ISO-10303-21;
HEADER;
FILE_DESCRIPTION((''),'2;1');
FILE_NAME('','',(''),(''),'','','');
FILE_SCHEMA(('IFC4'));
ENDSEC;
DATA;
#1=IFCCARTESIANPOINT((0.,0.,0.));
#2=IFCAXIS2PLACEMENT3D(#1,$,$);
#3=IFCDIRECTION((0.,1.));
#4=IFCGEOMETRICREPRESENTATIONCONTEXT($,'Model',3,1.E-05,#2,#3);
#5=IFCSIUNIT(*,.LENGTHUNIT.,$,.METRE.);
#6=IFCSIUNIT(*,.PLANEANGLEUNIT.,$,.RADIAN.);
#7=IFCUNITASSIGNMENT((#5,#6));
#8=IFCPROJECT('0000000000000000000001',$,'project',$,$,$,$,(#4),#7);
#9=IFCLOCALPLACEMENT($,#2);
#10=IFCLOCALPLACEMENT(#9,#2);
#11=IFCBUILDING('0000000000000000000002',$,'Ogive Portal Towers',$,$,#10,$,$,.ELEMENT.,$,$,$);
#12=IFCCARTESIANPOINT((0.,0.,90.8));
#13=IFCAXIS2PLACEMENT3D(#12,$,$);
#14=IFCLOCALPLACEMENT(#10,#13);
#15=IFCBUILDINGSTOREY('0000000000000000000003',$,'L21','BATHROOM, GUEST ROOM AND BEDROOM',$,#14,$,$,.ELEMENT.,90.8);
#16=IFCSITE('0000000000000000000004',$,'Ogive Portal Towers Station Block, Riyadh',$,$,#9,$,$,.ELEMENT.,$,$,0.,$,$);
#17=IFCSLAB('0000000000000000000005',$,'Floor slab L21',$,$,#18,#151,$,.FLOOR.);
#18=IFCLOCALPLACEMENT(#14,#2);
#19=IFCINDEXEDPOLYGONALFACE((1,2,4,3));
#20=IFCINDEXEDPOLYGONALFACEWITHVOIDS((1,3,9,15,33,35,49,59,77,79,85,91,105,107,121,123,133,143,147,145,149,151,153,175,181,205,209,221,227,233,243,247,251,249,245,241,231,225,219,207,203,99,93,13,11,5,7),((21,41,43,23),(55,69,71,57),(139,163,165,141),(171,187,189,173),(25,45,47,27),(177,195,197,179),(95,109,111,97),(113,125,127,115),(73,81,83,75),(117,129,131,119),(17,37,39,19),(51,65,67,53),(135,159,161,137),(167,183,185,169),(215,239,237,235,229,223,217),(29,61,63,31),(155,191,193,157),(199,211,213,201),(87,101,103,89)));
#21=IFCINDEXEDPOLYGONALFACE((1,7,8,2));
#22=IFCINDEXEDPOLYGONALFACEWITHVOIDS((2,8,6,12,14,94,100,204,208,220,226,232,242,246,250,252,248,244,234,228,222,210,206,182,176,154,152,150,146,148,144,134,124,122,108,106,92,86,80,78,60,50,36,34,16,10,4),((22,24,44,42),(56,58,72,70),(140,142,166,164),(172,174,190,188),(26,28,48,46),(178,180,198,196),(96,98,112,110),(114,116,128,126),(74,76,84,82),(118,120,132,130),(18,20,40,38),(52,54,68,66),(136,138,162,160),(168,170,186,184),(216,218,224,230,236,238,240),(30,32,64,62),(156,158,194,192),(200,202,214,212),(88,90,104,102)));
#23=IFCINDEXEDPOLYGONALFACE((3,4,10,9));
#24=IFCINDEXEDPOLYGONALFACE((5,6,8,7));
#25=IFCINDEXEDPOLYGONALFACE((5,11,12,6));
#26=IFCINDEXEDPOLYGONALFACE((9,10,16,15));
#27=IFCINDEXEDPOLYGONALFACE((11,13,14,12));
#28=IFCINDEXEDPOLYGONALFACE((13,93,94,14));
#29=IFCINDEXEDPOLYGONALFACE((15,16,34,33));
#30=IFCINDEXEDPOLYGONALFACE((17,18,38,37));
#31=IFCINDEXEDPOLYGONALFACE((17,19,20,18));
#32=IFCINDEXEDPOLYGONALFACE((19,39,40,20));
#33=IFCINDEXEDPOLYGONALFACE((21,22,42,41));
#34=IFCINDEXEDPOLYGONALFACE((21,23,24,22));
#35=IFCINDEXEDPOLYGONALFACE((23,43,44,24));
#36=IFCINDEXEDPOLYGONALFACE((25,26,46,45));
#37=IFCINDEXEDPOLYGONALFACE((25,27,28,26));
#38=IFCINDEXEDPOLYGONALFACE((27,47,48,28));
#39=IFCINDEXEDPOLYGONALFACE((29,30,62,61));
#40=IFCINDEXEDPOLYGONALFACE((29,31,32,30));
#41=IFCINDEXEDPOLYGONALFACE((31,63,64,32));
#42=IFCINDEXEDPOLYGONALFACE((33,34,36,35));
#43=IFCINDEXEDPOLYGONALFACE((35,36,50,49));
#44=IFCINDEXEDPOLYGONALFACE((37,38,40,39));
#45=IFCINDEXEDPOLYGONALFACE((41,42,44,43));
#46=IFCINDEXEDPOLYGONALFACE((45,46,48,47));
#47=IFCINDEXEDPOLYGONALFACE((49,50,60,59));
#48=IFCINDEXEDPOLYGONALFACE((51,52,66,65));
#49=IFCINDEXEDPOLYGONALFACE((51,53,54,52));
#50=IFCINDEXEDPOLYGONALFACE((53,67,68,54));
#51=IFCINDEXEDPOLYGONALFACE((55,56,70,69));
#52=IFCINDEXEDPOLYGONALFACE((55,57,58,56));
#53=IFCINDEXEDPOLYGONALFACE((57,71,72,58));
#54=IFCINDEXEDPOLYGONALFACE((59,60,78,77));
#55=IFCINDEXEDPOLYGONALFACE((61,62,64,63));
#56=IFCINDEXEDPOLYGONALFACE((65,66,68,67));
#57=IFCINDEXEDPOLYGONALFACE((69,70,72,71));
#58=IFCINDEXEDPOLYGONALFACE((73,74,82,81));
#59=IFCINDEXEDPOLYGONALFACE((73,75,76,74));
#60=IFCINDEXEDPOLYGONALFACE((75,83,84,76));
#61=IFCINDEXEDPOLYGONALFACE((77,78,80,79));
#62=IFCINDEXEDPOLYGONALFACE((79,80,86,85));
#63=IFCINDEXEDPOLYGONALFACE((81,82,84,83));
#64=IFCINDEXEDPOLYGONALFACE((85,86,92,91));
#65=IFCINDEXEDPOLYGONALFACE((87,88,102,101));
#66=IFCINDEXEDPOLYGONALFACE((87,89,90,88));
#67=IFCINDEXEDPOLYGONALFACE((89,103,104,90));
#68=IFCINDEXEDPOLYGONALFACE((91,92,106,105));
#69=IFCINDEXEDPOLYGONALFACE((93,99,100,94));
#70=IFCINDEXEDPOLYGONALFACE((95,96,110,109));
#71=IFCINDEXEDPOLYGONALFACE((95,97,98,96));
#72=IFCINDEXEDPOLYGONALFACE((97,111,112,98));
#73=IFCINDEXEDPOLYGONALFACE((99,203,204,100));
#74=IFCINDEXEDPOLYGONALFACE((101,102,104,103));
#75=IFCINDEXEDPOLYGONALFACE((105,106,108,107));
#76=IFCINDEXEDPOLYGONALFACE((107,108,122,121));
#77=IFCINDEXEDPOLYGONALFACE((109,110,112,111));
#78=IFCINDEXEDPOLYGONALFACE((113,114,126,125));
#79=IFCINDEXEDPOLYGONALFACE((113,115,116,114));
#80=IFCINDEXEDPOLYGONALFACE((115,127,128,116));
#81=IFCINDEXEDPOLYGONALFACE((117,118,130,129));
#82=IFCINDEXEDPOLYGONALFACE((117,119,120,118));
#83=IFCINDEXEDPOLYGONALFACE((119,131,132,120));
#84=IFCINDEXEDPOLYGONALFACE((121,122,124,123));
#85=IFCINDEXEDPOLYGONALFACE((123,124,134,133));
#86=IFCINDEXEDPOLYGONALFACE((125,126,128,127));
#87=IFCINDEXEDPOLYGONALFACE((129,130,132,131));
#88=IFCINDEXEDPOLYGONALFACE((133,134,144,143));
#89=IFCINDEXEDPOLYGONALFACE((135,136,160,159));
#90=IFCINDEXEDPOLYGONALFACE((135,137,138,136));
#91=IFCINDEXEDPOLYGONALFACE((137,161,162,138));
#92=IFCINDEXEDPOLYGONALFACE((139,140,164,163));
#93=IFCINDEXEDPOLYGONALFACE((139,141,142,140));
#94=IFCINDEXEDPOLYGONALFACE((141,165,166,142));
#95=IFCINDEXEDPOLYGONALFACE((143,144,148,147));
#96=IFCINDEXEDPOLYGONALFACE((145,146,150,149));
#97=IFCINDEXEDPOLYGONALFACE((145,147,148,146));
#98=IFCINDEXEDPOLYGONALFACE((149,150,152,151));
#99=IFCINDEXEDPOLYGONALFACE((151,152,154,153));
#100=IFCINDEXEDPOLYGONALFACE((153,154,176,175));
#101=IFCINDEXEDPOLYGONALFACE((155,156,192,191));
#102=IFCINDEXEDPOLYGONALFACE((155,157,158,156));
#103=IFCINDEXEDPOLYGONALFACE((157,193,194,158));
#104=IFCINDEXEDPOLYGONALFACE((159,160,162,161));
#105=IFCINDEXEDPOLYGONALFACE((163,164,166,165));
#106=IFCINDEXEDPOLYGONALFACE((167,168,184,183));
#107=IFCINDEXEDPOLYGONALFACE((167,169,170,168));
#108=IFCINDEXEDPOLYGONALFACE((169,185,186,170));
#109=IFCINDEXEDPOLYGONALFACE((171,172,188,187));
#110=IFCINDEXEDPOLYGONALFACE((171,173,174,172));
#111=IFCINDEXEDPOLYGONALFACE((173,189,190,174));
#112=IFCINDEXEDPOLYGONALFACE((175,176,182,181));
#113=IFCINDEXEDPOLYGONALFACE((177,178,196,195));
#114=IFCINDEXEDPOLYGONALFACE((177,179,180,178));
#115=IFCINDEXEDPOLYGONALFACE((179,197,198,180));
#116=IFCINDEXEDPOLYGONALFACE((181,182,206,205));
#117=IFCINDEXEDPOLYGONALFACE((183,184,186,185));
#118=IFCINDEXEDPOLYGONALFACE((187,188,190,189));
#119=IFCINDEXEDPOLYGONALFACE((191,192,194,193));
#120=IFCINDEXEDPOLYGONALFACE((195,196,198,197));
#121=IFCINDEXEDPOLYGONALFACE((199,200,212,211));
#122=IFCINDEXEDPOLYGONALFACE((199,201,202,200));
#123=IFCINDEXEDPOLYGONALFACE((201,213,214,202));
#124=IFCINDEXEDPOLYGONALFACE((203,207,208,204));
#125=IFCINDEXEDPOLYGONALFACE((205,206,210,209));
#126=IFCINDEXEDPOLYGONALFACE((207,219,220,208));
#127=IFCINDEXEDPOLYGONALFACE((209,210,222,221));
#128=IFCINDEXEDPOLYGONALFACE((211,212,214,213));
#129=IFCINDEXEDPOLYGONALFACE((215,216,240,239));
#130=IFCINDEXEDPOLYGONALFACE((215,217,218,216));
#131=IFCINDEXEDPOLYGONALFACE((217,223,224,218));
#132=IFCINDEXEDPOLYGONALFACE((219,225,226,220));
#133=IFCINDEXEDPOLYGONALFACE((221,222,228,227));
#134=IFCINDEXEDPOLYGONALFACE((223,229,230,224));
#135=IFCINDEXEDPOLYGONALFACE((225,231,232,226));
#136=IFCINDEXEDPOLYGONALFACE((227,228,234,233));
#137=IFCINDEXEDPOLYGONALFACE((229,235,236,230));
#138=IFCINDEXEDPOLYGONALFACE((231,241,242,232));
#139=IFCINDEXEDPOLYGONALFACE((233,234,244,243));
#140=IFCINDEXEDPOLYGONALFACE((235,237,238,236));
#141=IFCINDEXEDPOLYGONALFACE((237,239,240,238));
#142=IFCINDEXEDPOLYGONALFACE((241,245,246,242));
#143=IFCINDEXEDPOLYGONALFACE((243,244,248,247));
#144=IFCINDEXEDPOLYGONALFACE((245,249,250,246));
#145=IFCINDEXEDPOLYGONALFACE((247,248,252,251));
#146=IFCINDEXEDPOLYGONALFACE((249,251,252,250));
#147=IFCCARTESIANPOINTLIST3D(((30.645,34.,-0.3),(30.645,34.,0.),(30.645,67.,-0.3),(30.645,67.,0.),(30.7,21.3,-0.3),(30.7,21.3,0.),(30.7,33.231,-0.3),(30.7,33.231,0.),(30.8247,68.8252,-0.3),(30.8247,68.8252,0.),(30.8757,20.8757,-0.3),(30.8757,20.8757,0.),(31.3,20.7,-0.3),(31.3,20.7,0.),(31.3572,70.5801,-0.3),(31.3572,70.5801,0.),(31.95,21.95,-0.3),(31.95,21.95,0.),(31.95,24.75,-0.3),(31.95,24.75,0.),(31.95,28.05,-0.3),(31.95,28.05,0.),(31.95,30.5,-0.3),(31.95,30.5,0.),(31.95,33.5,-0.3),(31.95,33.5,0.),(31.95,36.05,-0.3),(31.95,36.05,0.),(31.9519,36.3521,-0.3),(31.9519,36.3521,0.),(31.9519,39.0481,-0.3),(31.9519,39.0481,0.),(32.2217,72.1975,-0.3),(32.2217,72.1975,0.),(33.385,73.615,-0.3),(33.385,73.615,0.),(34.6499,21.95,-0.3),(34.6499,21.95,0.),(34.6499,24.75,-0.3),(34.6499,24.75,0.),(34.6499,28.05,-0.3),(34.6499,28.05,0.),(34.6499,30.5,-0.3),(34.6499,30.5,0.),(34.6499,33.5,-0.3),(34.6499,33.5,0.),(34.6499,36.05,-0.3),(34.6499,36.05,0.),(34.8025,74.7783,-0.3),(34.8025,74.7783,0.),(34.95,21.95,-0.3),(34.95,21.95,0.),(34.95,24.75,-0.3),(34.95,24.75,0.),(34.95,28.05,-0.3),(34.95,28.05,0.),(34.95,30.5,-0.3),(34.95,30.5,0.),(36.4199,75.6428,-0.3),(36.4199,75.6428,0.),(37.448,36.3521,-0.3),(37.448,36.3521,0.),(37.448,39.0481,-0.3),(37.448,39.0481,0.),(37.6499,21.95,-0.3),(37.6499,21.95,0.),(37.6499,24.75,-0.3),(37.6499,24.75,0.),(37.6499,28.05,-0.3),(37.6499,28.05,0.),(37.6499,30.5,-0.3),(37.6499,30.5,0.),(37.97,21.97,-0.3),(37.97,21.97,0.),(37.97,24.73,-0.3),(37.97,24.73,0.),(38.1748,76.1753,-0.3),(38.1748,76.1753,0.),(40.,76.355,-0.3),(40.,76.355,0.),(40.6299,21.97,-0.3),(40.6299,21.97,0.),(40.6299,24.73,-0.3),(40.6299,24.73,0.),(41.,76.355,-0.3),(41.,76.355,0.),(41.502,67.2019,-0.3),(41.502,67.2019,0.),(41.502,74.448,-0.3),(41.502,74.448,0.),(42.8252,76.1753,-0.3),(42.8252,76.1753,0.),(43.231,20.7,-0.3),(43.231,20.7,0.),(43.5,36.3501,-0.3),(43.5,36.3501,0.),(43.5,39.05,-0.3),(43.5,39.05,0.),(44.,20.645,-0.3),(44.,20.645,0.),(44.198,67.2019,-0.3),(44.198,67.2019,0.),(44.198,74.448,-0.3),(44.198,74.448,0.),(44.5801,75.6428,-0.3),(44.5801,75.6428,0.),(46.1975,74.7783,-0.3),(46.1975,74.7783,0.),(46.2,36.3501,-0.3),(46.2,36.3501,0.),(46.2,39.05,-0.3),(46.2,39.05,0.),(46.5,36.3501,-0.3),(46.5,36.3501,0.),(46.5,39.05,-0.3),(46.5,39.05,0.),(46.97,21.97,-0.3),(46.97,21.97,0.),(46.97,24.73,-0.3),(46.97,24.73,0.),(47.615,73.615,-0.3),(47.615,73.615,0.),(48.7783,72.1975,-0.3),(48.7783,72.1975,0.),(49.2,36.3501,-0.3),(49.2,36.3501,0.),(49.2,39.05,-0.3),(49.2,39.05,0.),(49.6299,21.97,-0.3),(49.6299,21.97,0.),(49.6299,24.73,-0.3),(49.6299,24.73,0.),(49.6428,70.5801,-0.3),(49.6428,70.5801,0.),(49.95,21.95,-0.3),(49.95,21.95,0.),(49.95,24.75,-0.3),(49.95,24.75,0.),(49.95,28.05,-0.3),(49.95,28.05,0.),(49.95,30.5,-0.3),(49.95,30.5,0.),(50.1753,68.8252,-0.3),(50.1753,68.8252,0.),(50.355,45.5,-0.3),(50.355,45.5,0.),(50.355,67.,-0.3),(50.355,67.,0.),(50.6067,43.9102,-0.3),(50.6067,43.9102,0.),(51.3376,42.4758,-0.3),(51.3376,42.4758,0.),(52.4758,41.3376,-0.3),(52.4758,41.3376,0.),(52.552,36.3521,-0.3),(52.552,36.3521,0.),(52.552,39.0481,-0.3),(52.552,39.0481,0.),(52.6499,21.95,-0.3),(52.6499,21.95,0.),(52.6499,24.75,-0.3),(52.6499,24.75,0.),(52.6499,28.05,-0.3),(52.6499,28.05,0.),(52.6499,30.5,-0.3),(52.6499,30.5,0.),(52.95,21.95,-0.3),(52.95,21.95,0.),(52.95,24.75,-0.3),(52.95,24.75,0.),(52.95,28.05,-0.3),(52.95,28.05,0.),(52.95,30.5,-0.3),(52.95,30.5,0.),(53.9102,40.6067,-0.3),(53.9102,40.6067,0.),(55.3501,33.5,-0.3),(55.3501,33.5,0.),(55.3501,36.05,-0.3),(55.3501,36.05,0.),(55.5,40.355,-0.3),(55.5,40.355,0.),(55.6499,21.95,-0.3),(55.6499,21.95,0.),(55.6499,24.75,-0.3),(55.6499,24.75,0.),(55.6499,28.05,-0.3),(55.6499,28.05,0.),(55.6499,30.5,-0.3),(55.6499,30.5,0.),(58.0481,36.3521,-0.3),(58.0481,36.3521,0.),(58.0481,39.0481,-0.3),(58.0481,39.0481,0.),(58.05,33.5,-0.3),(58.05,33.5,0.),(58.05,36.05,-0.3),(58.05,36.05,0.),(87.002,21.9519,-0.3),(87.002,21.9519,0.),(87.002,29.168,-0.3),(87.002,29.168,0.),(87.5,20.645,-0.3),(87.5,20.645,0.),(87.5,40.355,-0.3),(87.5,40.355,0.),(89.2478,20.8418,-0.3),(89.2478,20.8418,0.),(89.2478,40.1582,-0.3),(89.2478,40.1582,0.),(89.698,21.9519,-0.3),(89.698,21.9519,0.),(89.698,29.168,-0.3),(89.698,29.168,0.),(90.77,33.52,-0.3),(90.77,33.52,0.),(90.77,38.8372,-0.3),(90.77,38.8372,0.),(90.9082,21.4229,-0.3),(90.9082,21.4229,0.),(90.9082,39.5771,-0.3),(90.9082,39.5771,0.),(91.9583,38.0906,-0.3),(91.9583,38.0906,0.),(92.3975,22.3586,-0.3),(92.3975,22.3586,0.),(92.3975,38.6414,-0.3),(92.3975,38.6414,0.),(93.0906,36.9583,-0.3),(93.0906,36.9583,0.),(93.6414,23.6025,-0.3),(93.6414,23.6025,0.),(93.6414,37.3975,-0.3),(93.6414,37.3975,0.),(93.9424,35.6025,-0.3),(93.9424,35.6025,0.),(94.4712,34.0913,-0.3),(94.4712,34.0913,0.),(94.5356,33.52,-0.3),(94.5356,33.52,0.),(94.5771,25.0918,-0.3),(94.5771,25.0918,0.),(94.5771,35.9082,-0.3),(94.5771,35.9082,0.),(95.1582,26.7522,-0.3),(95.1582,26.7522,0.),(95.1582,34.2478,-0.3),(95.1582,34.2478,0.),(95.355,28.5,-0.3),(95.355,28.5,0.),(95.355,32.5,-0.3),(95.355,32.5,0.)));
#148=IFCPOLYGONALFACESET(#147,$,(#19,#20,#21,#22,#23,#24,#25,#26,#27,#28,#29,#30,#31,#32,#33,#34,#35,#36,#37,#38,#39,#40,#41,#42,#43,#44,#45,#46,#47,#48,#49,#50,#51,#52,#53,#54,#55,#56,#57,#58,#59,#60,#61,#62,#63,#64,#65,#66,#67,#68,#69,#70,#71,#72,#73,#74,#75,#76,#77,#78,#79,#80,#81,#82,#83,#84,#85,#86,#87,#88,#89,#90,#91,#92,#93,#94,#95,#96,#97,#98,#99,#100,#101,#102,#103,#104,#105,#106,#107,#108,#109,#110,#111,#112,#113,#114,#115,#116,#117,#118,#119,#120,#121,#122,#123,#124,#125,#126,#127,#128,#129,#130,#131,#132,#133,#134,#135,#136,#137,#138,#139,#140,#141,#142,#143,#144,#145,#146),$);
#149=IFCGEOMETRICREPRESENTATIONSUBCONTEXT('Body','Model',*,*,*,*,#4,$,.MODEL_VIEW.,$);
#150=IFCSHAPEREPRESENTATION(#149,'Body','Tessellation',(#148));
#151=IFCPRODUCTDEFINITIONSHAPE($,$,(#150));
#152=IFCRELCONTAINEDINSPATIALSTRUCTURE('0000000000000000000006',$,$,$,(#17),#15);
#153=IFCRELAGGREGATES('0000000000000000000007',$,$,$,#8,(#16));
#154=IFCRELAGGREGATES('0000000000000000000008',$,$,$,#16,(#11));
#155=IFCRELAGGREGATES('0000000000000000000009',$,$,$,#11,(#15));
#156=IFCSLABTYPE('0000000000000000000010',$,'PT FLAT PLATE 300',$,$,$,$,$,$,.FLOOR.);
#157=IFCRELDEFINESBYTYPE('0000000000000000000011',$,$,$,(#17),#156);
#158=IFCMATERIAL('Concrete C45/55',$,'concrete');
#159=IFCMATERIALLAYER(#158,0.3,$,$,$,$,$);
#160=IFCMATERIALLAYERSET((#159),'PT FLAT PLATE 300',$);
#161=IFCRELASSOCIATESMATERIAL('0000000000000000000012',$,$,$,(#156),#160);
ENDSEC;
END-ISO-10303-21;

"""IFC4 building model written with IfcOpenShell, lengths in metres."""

from ifc_helpers import new_model, si_unit, direction, frame, origin, place, context, subcontext, project, spatial, polyline, outline, extrude, material, layer, layer_set, type_object, element, save


model = new_model("IFC4")

# Units and contexts
model_context = context("Model", 3, precision=1e-05, world=origin(), true_north=direction((0.0, 1.0)))
body_context = subcontext(model_context, "Body", "Model", "MODEL_VIEW")
ifc_project = project(units=[si_unit("LENGTHUNIT", "METRE"), si_unit("PLANEANGLEUNIT", "RADIAN")], contexts=[model_context])

# Site, building, storey
site_placement = place(None, origin())
site = spatial("IfcSite", under=ifc_project, at=site_placement, Name="Ogive Portal Towers Station Block, Riyadh", CompositionType="ELEMENT", RefElevation=0.0)
building_placement = place(site_placement, origin())
building = spatial("IfcBuilding", under=site, at=building_placement, Name="Ogive Portal Towers", CompositionType="ELEMENT")
storey_placement = place(building_placement, frame((0.0, 0.0, 90.8)))
storey = spatial("IfcBuildingStorey", under=building, at=storey_placement, Name="L21", Description="BATHROOM, GUEST ROOM AND BEDROOM", CompositionType="ELEMENT", Elevation=90.8)

# Slab
ifc_material_1 = material(Name="Concrete C45/55", Category="concrete")
ifc_layer_1 = layer(ifc_material_1, 0.3)
ifc_layer_set_1 = layer_set([ifc_layer_1], Name="PT FLAT PLATE 300")
slab_type_1 = type_object("IfcSlabType", Name="PT FLAT PLATE 300", PredefinedType="FLOOR", material=ifc_layer_set_1)
slab_1_placement = place(storey_placement, frame((0.0, 0.0, -0.3)))
element("IfcSlab", 1, at=slab_1_placement, inside=storey, type_object=slab_type_1, Name="Floor slab L21", PredefinedType="FLOOR", context=body_context, shape_type="SweptSolid", body=[
    extrude(outline(polyline([(30.645, 67.0), (30.645, 34.0), (30.7, 33.231), (30.7, 21.3), (30.8757, 20.8757), (31.3, 20.7), (43.231, 20.7), (44.0, 20.645), (87.5, 20.645), (89.2478, 20.8418), (90.9082, 21.4229), (92.3975, 22.3586), (93.6414, 23.6025), (94.5771, 25.0918), (95.1582, 26.7522), (95.355, 28.5), (95.355, 32.5), (95.1582, 34.2478), (94.5771, 35.9082), (93.6414, 37.3975), (92.3975, 38.6414), (90.9082, 39.5771), (89.2478, 40.1582), (87.5, 40.355), (55.5, 40.355), (53.9102, 40.6067), (52.4758, 41.3376), (51.3376, 42.4758), (50.6067, 43.9102), (50.355, 45.5), (50.355, 67.0), (50.1753, 68.8252), (49.6428, 70.5801), (48.7783, 72.1975), (47.615, 73.615), (46.1975, 74.7783), (44.5801, 75.6428), (42.8252, 76.1753), (41.0, 76.355), (40.0, 76.355), (38.1748, 76.1753), (36.4199, 75.6428), (34.8025, 74.7783), (33.385, 73.615), (32.2217, 72.1975), (31.3572, 70.5801), (30.8247, 68.8252), (30.645, 67.0)]), holes=[polyline([(34.6499, 24.75), (34.6499, 21.95), (31.95, 21.95), (31.95, 24.75), (34.6499, 24.75)]), polyline([(37.6499, 24.75), (37.6499, 21.95), (34.95, 21.95), (34.95, 24.75), (37.6499, 24.75)]), polyline([(40.6299, 21.97), (37.97, 21.97), (37.97, 24.73), (40.6299, 24.73), (40.6299, 21.97)]), polyline([(46.97, 21.97), (46.97, 24.73), (49.6299, 24.73), (49.6299, 21.97), (46.97, 21.97)]), polyline([(34.6499, 28.05), (31.95, 28.05), (31.95, 30.5), (34.6499, 30.5), (34.6499, 28.05)]), polyline([(37.6499, 30.5), (37.6499, 28.05), (34.95, 28.05), (34.95, 30.5), (37.6499, 30.5)]), polyline([(34.6499, 36.05), (34.6499, 33.5), (31.95, 33.5), (31.95, 36.05), (34.6499, 36.05)]), polyline([(31.9519, 39.0481), (37.448, 39.0481), (37.448, 36.3521), (31.9519, 36.3521), (31.9519, 39.0481)]), polyline([(46.2, 36.3501), (43.5, 36.3501), (43.5, 39.05), (46.2, 39.05), (46.2, 36.3501)]), polyline([(49.2, 36.3501), (46.5, 36.3501), (46.5, 39.05), (49.2, 39.05), (49.2, 36.3501)]), polyline([(44.198, 74.448), (44.198, 67.2019), (41.502, 67.2019), (41.502, 74.448), (44.198, 74.448)]), polyline([(52.6499, 24.75), (52.6499, 21.95), (49.95, 21.95), (49.95, 24.75), (52.6499, 24.75)]), polyline([(55.6499, 21.95), (52.95, 21.95), (52.95, 24.75), (55.6499, 24.75), (55.6499, 21.95)]), polyline([(87.002, 29.168), (89.698, 29.168), (89.698, 21.9519), (87.002, 21.9519), (87.002, 29.168)]), polyline([(52.6499, 30.5), (52.6499, 28.05), (49.95, 28.05), (49.95, 30.5), (52.6499, 30.5)]), polyline([(55.6499, 28.05), (52.95, 28.05), (52.95, 30.5), (55.6499, 30.5), (55.6499, 28.05)]), polyline([(58.05, 36.05), (58.05, 33.5), (55.3501, 33.5), (55.3501, 36.05), (58.05, 36.05)]), polyline([(93.9424, 35.6025), (94.4712, 34.0913), (94.5356, 33.52), (90.77, 33.52), (90.77, 38.8372), (91.9583, 38.0906), (93.0906, 36.9583), (93.9424, 35.6025)]), polyline([(52.552, 36.3521), (52.552, 39.0481), (58.0481, 39.0481), (58.0481, 36.3521), (52.552, 36.3521)])]), origin(), (0.0, 0.0, 1.0), 0.3),
])

save(model, "model.ifc")
